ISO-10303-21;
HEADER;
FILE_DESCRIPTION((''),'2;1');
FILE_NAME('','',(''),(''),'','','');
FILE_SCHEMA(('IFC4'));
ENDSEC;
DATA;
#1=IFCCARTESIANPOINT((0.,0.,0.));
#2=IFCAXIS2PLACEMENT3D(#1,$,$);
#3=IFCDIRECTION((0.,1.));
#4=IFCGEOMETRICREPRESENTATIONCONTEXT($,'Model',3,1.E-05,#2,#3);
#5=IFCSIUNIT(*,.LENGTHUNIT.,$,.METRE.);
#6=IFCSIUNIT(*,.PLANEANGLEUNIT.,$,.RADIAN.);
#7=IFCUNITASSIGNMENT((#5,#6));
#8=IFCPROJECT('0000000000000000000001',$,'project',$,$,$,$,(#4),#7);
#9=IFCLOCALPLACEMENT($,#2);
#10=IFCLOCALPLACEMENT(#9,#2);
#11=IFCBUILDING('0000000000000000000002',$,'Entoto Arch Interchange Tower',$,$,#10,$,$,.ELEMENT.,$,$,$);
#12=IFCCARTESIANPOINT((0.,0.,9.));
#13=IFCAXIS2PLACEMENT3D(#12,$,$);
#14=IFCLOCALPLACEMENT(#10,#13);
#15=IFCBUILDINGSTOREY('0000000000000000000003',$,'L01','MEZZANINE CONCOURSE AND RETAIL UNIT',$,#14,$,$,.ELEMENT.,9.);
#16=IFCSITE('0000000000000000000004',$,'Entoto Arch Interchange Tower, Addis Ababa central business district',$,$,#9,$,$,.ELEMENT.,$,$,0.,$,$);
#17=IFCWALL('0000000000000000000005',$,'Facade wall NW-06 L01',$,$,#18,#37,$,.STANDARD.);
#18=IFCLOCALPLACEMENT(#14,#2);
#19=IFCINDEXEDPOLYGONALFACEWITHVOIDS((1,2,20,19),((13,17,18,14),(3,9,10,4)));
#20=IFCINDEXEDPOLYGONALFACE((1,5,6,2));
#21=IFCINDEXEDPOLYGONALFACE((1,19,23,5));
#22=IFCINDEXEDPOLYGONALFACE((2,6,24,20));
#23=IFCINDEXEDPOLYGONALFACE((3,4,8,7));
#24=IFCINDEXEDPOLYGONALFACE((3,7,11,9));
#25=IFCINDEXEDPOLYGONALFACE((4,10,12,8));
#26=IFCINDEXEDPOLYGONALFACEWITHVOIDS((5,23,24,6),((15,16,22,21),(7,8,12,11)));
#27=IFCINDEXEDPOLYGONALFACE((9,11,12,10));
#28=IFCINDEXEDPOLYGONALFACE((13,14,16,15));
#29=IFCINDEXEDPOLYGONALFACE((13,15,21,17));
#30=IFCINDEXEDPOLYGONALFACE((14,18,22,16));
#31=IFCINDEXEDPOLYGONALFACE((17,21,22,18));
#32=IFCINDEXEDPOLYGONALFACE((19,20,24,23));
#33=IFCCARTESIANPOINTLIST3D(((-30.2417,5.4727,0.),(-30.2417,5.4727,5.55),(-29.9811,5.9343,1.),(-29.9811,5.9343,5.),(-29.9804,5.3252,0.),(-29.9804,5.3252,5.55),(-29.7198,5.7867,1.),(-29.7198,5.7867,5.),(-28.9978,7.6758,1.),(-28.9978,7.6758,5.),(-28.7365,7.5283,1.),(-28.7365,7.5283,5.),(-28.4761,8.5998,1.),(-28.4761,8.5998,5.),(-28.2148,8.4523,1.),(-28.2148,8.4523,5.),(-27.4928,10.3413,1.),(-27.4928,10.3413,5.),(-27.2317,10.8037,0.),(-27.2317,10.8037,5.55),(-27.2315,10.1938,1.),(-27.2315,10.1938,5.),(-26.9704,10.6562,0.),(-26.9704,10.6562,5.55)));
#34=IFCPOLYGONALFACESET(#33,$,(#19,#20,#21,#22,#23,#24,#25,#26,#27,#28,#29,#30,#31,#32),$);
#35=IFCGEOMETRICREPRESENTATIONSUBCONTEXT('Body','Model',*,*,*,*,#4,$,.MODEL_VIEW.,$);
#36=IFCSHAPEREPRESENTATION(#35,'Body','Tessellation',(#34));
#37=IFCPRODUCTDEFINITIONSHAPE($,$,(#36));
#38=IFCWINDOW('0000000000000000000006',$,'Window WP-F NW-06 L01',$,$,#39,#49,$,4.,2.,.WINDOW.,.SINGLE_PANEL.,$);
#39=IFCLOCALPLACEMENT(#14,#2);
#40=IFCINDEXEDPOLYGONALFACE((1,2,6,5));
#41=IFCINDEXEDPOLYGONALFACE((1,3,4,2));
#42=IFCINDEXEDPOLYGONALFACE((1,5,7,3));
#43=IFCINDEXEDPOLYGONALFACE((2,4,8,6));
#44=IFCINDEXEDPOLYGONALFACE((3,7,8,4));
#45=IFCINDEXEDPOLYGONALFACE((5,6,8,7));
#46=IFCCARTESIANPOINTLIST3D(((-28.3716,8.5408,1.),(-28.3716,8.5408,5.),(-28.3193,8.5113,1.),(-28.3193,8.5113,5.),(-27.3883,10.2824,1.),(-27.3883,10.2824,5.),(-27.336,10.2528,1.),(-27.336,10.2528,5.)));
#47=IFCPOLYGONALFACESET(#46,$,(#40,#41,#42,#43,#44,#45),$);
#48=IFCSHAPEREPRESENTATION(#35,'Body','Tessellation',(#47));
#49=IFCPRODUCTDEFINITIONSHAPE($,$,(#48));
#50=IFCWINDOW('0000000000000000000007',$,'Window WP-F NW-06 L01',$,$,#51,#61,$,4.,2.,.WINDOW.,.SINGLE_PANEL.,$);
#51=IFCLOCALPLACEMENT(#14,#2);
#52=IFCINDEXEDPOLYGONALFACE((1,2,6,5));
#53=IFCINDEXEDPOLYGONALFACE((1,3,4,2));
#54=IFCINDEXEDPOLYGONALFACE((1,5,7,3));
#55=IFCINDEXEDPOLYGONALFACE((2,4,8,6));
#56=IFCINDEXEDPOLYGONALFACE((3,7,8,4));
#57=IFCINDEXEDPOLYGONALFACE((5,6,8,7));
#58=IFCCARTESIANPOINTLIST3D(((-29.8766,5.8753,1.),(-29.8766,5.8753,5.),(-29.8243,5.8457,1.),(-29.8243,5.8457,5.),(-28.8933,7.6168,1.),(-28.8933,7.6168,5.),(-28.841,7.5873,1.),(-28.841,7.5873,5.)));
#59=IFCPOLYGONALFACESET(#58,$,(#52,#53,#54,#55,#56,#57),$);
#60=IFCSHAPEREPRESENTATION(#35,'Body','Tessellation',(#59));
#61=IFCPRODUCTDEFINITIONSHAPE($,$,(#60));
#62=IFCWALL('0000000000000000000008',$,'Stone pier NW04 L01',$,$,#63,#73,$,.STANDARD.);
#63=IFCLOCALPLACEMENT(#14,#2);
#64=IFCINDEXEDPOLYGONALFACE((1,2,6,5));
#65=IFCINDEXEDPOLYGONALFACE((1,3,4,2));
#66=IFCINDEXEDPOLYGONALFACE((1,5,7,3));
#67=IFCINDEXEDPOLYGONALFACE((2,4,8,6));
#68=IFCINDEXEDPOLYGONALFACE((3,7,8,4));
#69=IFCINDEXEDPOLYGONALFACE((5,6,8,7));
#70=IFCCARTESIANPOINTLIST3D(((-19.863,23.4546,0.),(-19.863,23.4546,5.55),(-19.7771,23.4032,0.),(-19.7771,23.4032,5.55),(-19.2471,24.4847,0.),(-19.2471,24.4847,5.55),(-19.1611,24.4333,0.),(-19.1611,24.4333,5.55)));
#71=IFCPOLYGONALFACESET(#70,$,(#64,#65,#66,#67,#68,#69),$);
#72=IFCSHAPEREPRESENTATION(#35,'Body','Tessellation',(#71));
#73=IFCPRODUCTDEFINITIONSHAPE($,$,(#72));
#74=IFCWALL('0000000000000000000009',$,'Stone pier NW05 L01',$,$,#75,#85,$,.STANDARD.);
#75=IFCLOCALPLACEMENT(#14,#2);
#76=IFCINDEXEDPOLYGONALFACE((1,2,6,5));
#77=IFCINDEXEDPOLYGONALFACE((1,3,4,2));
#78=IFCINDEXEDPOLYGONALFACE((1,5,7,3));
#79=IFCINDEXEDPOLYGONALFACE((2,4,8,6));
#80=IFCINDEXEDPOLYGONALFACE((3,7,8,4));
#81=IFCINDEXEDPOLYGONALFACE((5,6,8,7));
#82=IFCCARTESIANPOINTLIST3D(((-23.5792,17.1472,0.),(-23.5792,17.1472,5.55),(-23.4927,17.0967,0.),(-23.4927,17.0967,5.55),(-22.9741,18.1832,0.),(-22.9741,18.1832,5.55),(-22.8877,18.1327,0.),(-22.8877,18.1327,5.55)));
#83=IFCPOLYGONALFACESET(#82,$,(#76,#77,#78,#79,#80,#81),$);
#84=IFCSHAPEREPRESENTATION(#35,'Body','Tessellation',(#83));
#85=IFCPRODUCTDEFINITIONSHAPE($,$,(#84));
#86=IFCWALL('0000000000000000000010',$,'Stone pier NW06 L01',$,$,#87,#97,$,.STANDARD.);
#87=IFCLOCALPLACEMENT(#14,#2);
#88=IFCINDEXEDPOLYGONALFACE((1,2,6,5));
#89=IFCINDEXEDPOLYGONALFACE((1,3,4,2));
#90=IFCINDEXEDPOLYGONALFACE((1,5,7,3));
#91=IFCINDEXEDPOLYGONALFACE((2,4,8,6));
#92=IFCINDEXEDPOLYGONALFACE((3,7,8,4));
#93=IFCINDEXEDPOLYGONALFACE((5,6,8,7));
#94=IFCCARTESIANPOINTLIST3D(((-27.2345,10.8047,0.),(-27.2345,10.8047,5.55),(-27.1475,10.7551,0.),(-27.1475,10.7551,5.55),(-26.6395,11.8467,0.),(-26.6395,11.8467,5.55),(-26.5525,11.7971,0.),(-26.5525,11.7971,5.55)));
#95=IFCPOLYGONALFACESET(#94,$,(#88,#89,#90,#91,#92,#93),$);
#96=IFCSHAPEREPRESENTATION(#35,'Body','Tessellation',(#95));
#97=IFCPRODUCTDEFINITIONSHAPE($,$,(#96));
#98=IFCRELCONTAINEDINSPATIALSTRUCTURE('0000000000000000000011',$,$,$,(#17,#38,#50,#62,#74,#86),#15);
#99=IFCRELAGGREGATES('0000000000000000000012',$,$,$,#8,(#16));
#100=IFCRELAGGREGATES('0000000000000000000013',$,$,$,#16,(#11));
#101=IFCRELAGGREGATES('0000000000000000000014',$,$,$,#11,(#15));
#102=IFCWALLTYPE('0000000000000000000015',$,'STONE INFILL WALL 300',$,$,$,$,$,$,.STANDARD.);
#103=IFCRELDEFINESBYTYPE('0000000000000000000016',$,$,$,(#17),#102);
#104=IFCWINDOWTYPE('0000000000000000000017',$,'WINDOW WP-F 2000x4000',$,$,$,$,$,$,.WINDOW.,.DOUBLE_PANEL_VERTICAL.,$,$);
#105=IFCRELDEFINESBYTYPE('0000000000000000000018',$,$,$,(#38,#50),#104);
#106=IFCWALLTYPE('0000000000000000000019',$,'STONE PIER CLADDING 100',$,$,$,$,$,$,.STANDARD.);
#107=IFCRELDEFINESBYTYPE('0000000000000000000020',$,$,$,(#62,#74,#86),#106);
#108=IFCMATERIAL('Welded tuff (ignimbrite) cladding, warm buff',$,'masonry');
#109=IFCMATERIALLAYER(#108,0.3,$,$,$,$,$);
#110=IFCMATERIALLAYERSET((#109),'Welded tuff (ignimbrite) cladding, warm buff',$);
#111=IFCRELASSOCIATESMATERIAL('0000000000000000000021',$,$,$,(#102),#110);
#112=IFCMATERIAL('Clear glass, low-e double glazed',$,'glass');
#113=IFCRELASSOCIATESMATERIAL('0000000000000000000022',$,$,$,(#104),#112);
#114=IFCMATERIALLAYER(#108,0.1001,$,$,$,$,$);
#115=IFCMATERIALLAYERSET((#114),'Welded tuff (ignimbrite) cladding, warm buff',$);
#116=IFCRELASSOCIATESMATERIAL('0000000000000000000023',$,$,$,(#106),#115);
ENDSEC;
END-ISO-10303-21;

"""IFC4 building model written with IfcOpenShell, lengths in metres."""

from ifc_helpers import new_model, si_unit, direction, frame, frame_2d, origin, place, context, subcontext, project, spatial, rectangle, extrude, material, layer, layer_set, type_object, element, fill, save


model = new_model("IFC4")

# Units and contexts
model_context = context("Model", 3, precision=1e-05, world=origin(), true_north=direction((0.0, 1.0)))
body_context = subcontext(model_context, "Body", "Model", "MODEL_VIEW")
ifc_project = project(units=[si_unit("LENGTHUNIT", "METRE"), si_unit("PLANEANGLEUNIT", "RADIAN")], contexts=[model_context])

# Site, building, storey
site_placement = place(None, origin())
site = spatial("IfcSite", under=ifc_project, at=site_placement, Name="Entoto Arch Interchange Tower, Addis Ababa central business district", CompositionType="ELEMENT", RefElevation=0.0)
building_placement = place(site_placement, origin())
building = spatial("IfcBuilding", under=site, at=building_placement, Name="Entoto Arch Interchange Tower", CompositionType="ELEMENT")
storey_placement = place(building_placement, frame((0.0, 0.0, 9.0)))
storey = spatial("IfcBuildingStorey", under=building, at=storey_placement, Name="L01", Description="MEZZANINE CONCOURSE AND RETAIL UNIT", CompositionType="ELEMENT", Elevation=9.0)

# Wall, openings, windows
ifc_material_1 = material(Name="Welded tuff (ignimbrite) cladding, warm buff", Category="masonry")
ifc_layer_1 = layer(ifc_material_1, 0.3)
ifc_layer_set_1 = layer_set([ifc_layer_1], Name="Welded tuff (ignimbrite) cladding, warm buff")
wall_type_1 = type_object("IfcWallType", Name="STONE INFILL WALL 300", PredefinedType="STANDARD", material=ifc_layer_set_1)
ifc_material_2 = material(Name="Clear glass, low-e double glazed", Category="glass")
window_type = type_object("IfcWindowType", Name="WINDOW WP-F 2000x4000", PartitioningType="DOUBLE_PANEL_VERTICAL", PredefinedType="WINDOW", material=ifc_material_2)
wall_1_placement = place(storey_placement, frame((-27.1011, 10.73, 0.0), z_axis=(0.0, 0.0, 1.0), x_axis=(-0.491662, -0.870786, 0.0)))
wall_1 = element("IfcWall", 1, at=wall_1_placement, inside=storey, type_object=wall_type_1, Name="Facade wall NW-06 L01", PredefinedType="STANDARD", context=body_context, shape_type="SweptSolid", body=[
    extrude(rectangle(XDim=6.1221, YDim=0.3, at=frame_2d((3.061, 0.0))), origin(), (0.0, 0.0, 1.0), 5.55),
])
opening_1_placement = place(wall_1_placement, frame((0.531, 0.0, 1.0)))
opening_1 = element("IfcOpeningElement", 2, at=opening_1_placement, cuts=wall_1, PredefinedType="OPENING", context=body_context, shape_type="SweptSolid", body=[
    extrude(rectangle(XDim=2.0, YDim=4.0, at=frame_2d((1.0, 2.0))), frame((0.0, 0.1602, 0.0), z_axis=(0.0, -1.0, 0.0), x_axis=(1.0, 0.0, 0.0)), (0.0, 0.0, 1.0), 0.3201),
])
opening_2_placement = place(wall_1_placement, frame((3.592, 0.0, 1.0)))
opening_2 = element("IfcOpeningElement", 3, at=opening_2_placement, cuts=wall_1, PredefinedType="OPENING", context=body_context, shape_type="SweptSolid", body=[
    extrude(rectangle(XDim=2.0, YDim=4.0, at=frame_2d((1.0, 2.0))), frame((0.0, 0.1602, 0.0), z_axis=(0.0, -1.0, 0.0), x_axis=(1.0, 0.0, 0.0)), (0.0, 0.0, 1.0), 0.3201),
])
window_1_placement = place(opening_1_placement, origin())
window_1 = element("IfcWindow", 4, at=window_1_placement, inside=storey, type_object=window_type, Name="Window WP-F NW-06 L01", OverallHeight=4.0, OverallWidth=2.0, PartitioningType="SINGLE_PANEL", PredefinedType="WINDOW", context=body_context, shape_type="SweptSolid", body=[
    extrude(rectangle(XDim=2.0, YDim=4.0, at=frame_2d((1.0, 2.0))), frame((0.0, 0.03, 0.0), z_axis=(0.0, -1.0, 0.0), x_axis=(1.0, 0.0, 0.0)), (0.0, 0.0, 1.0), 0.0601),
])
fill(opening_1, window_1)
window_2_placement = place(opening_2_placement, origin())
window_2 = element("IfcWindow", 5, at=window_2_placement, inside=storey, type_object=window_type, Name="Window WP-F NW-06 L01", OverallHeight=4.0, OverallWidth=2.0, PartitioningType="SINGLE_PANEL", PredefinedType="WINDOW", context=body_context, shape_type="SweptSolid", body=[
    extrude(rectangle(XDim=2.0, YDim=4.0, at=frame_2d((1.0, 2.0))), frame((0.0, 0.03, 0.0), z_axis=(0.0, -1.0, 0.0), x_axis=(1.0, 0.0, 0.0)), (0.0, 0.0, 1.0), 0.0601),
])
fill(opening_2, window_2)

# Walls
ifc_layer_2 = layer(ifc_material_1, 0.1001)
ifc_layer_set_2 = layer_set([ifc_layer_2], Name="Welded tuff (ignimbrite) cladding, warm buff")
wall_type_2 = type_object("IfcWallType", Name="STONE PIER CLADDING 100", PredefinedType="STANDARD", material=ifc_layer_set_2)
wall_2_placement = place(storey_placement, frame((-19.2041, 24.459, 0.0), z_axis=(0.0, 0.0, 1.0), x_axis=(-0.513239, -0.858246, 0.0)))
element("IfcWall", 6, at=wall_2_placement, inside=storey, type_object=wall_type_2, Name="Stone pier NW04 L01", PredefinedType="STANDARD", context=body_context, shape_type="SweptSolid", body=[
    extrude(rectangle(XDim=1.2002, YDim=0.1001, at=frame_2d((0.6001, 0.0))), origin(), (0.0, 0.0, 1.0), 5.55),
])
wall_3_placement = place(storey_placement, frame((-22.9309, 18.158, 0.0), z_axis=(0.0, 0.0, 1.0), x_axis=(-0.504314, -0.86352, 0.0)))
element("IfcWall", 7, at=wall_3_placement, inside=storey, type_object=wall_type_2, Name="Stone pier NW05 L01", PredefinedType="STANDARD", context=body_context, shape_type="SweptSolid", body=[
    extrude(rectangle(XDim=1.1997, YDim=0.1001, at=frame_2d((0.5999, 0.0))), origin(), (0.0, 0.0, 1.0), 5.55),
])
wall_4_placement = place(storey_placement, frame((-26.5959, 11.822, 0.0), z_axis=(0.0, 0.0, 1.0), x_axis=(-0.495854, -0.868406, 0.0)))
element("IfcWall", 8, at=wall_4_placement, inside=storey, type_object=wall_type_2, Name="Stone pier NW06 L01", PredefinedType="STANDARD", context=body_context, shape_type="SweptSolid", body=[
    extrude(rectangle(XDim=1.2, YDim=0.1001, at=frame_2d((0.6001, 0.0))), origin(), (0.0, 0.0, 1.0), 5.55),
])

save(model, "model.ifc")
